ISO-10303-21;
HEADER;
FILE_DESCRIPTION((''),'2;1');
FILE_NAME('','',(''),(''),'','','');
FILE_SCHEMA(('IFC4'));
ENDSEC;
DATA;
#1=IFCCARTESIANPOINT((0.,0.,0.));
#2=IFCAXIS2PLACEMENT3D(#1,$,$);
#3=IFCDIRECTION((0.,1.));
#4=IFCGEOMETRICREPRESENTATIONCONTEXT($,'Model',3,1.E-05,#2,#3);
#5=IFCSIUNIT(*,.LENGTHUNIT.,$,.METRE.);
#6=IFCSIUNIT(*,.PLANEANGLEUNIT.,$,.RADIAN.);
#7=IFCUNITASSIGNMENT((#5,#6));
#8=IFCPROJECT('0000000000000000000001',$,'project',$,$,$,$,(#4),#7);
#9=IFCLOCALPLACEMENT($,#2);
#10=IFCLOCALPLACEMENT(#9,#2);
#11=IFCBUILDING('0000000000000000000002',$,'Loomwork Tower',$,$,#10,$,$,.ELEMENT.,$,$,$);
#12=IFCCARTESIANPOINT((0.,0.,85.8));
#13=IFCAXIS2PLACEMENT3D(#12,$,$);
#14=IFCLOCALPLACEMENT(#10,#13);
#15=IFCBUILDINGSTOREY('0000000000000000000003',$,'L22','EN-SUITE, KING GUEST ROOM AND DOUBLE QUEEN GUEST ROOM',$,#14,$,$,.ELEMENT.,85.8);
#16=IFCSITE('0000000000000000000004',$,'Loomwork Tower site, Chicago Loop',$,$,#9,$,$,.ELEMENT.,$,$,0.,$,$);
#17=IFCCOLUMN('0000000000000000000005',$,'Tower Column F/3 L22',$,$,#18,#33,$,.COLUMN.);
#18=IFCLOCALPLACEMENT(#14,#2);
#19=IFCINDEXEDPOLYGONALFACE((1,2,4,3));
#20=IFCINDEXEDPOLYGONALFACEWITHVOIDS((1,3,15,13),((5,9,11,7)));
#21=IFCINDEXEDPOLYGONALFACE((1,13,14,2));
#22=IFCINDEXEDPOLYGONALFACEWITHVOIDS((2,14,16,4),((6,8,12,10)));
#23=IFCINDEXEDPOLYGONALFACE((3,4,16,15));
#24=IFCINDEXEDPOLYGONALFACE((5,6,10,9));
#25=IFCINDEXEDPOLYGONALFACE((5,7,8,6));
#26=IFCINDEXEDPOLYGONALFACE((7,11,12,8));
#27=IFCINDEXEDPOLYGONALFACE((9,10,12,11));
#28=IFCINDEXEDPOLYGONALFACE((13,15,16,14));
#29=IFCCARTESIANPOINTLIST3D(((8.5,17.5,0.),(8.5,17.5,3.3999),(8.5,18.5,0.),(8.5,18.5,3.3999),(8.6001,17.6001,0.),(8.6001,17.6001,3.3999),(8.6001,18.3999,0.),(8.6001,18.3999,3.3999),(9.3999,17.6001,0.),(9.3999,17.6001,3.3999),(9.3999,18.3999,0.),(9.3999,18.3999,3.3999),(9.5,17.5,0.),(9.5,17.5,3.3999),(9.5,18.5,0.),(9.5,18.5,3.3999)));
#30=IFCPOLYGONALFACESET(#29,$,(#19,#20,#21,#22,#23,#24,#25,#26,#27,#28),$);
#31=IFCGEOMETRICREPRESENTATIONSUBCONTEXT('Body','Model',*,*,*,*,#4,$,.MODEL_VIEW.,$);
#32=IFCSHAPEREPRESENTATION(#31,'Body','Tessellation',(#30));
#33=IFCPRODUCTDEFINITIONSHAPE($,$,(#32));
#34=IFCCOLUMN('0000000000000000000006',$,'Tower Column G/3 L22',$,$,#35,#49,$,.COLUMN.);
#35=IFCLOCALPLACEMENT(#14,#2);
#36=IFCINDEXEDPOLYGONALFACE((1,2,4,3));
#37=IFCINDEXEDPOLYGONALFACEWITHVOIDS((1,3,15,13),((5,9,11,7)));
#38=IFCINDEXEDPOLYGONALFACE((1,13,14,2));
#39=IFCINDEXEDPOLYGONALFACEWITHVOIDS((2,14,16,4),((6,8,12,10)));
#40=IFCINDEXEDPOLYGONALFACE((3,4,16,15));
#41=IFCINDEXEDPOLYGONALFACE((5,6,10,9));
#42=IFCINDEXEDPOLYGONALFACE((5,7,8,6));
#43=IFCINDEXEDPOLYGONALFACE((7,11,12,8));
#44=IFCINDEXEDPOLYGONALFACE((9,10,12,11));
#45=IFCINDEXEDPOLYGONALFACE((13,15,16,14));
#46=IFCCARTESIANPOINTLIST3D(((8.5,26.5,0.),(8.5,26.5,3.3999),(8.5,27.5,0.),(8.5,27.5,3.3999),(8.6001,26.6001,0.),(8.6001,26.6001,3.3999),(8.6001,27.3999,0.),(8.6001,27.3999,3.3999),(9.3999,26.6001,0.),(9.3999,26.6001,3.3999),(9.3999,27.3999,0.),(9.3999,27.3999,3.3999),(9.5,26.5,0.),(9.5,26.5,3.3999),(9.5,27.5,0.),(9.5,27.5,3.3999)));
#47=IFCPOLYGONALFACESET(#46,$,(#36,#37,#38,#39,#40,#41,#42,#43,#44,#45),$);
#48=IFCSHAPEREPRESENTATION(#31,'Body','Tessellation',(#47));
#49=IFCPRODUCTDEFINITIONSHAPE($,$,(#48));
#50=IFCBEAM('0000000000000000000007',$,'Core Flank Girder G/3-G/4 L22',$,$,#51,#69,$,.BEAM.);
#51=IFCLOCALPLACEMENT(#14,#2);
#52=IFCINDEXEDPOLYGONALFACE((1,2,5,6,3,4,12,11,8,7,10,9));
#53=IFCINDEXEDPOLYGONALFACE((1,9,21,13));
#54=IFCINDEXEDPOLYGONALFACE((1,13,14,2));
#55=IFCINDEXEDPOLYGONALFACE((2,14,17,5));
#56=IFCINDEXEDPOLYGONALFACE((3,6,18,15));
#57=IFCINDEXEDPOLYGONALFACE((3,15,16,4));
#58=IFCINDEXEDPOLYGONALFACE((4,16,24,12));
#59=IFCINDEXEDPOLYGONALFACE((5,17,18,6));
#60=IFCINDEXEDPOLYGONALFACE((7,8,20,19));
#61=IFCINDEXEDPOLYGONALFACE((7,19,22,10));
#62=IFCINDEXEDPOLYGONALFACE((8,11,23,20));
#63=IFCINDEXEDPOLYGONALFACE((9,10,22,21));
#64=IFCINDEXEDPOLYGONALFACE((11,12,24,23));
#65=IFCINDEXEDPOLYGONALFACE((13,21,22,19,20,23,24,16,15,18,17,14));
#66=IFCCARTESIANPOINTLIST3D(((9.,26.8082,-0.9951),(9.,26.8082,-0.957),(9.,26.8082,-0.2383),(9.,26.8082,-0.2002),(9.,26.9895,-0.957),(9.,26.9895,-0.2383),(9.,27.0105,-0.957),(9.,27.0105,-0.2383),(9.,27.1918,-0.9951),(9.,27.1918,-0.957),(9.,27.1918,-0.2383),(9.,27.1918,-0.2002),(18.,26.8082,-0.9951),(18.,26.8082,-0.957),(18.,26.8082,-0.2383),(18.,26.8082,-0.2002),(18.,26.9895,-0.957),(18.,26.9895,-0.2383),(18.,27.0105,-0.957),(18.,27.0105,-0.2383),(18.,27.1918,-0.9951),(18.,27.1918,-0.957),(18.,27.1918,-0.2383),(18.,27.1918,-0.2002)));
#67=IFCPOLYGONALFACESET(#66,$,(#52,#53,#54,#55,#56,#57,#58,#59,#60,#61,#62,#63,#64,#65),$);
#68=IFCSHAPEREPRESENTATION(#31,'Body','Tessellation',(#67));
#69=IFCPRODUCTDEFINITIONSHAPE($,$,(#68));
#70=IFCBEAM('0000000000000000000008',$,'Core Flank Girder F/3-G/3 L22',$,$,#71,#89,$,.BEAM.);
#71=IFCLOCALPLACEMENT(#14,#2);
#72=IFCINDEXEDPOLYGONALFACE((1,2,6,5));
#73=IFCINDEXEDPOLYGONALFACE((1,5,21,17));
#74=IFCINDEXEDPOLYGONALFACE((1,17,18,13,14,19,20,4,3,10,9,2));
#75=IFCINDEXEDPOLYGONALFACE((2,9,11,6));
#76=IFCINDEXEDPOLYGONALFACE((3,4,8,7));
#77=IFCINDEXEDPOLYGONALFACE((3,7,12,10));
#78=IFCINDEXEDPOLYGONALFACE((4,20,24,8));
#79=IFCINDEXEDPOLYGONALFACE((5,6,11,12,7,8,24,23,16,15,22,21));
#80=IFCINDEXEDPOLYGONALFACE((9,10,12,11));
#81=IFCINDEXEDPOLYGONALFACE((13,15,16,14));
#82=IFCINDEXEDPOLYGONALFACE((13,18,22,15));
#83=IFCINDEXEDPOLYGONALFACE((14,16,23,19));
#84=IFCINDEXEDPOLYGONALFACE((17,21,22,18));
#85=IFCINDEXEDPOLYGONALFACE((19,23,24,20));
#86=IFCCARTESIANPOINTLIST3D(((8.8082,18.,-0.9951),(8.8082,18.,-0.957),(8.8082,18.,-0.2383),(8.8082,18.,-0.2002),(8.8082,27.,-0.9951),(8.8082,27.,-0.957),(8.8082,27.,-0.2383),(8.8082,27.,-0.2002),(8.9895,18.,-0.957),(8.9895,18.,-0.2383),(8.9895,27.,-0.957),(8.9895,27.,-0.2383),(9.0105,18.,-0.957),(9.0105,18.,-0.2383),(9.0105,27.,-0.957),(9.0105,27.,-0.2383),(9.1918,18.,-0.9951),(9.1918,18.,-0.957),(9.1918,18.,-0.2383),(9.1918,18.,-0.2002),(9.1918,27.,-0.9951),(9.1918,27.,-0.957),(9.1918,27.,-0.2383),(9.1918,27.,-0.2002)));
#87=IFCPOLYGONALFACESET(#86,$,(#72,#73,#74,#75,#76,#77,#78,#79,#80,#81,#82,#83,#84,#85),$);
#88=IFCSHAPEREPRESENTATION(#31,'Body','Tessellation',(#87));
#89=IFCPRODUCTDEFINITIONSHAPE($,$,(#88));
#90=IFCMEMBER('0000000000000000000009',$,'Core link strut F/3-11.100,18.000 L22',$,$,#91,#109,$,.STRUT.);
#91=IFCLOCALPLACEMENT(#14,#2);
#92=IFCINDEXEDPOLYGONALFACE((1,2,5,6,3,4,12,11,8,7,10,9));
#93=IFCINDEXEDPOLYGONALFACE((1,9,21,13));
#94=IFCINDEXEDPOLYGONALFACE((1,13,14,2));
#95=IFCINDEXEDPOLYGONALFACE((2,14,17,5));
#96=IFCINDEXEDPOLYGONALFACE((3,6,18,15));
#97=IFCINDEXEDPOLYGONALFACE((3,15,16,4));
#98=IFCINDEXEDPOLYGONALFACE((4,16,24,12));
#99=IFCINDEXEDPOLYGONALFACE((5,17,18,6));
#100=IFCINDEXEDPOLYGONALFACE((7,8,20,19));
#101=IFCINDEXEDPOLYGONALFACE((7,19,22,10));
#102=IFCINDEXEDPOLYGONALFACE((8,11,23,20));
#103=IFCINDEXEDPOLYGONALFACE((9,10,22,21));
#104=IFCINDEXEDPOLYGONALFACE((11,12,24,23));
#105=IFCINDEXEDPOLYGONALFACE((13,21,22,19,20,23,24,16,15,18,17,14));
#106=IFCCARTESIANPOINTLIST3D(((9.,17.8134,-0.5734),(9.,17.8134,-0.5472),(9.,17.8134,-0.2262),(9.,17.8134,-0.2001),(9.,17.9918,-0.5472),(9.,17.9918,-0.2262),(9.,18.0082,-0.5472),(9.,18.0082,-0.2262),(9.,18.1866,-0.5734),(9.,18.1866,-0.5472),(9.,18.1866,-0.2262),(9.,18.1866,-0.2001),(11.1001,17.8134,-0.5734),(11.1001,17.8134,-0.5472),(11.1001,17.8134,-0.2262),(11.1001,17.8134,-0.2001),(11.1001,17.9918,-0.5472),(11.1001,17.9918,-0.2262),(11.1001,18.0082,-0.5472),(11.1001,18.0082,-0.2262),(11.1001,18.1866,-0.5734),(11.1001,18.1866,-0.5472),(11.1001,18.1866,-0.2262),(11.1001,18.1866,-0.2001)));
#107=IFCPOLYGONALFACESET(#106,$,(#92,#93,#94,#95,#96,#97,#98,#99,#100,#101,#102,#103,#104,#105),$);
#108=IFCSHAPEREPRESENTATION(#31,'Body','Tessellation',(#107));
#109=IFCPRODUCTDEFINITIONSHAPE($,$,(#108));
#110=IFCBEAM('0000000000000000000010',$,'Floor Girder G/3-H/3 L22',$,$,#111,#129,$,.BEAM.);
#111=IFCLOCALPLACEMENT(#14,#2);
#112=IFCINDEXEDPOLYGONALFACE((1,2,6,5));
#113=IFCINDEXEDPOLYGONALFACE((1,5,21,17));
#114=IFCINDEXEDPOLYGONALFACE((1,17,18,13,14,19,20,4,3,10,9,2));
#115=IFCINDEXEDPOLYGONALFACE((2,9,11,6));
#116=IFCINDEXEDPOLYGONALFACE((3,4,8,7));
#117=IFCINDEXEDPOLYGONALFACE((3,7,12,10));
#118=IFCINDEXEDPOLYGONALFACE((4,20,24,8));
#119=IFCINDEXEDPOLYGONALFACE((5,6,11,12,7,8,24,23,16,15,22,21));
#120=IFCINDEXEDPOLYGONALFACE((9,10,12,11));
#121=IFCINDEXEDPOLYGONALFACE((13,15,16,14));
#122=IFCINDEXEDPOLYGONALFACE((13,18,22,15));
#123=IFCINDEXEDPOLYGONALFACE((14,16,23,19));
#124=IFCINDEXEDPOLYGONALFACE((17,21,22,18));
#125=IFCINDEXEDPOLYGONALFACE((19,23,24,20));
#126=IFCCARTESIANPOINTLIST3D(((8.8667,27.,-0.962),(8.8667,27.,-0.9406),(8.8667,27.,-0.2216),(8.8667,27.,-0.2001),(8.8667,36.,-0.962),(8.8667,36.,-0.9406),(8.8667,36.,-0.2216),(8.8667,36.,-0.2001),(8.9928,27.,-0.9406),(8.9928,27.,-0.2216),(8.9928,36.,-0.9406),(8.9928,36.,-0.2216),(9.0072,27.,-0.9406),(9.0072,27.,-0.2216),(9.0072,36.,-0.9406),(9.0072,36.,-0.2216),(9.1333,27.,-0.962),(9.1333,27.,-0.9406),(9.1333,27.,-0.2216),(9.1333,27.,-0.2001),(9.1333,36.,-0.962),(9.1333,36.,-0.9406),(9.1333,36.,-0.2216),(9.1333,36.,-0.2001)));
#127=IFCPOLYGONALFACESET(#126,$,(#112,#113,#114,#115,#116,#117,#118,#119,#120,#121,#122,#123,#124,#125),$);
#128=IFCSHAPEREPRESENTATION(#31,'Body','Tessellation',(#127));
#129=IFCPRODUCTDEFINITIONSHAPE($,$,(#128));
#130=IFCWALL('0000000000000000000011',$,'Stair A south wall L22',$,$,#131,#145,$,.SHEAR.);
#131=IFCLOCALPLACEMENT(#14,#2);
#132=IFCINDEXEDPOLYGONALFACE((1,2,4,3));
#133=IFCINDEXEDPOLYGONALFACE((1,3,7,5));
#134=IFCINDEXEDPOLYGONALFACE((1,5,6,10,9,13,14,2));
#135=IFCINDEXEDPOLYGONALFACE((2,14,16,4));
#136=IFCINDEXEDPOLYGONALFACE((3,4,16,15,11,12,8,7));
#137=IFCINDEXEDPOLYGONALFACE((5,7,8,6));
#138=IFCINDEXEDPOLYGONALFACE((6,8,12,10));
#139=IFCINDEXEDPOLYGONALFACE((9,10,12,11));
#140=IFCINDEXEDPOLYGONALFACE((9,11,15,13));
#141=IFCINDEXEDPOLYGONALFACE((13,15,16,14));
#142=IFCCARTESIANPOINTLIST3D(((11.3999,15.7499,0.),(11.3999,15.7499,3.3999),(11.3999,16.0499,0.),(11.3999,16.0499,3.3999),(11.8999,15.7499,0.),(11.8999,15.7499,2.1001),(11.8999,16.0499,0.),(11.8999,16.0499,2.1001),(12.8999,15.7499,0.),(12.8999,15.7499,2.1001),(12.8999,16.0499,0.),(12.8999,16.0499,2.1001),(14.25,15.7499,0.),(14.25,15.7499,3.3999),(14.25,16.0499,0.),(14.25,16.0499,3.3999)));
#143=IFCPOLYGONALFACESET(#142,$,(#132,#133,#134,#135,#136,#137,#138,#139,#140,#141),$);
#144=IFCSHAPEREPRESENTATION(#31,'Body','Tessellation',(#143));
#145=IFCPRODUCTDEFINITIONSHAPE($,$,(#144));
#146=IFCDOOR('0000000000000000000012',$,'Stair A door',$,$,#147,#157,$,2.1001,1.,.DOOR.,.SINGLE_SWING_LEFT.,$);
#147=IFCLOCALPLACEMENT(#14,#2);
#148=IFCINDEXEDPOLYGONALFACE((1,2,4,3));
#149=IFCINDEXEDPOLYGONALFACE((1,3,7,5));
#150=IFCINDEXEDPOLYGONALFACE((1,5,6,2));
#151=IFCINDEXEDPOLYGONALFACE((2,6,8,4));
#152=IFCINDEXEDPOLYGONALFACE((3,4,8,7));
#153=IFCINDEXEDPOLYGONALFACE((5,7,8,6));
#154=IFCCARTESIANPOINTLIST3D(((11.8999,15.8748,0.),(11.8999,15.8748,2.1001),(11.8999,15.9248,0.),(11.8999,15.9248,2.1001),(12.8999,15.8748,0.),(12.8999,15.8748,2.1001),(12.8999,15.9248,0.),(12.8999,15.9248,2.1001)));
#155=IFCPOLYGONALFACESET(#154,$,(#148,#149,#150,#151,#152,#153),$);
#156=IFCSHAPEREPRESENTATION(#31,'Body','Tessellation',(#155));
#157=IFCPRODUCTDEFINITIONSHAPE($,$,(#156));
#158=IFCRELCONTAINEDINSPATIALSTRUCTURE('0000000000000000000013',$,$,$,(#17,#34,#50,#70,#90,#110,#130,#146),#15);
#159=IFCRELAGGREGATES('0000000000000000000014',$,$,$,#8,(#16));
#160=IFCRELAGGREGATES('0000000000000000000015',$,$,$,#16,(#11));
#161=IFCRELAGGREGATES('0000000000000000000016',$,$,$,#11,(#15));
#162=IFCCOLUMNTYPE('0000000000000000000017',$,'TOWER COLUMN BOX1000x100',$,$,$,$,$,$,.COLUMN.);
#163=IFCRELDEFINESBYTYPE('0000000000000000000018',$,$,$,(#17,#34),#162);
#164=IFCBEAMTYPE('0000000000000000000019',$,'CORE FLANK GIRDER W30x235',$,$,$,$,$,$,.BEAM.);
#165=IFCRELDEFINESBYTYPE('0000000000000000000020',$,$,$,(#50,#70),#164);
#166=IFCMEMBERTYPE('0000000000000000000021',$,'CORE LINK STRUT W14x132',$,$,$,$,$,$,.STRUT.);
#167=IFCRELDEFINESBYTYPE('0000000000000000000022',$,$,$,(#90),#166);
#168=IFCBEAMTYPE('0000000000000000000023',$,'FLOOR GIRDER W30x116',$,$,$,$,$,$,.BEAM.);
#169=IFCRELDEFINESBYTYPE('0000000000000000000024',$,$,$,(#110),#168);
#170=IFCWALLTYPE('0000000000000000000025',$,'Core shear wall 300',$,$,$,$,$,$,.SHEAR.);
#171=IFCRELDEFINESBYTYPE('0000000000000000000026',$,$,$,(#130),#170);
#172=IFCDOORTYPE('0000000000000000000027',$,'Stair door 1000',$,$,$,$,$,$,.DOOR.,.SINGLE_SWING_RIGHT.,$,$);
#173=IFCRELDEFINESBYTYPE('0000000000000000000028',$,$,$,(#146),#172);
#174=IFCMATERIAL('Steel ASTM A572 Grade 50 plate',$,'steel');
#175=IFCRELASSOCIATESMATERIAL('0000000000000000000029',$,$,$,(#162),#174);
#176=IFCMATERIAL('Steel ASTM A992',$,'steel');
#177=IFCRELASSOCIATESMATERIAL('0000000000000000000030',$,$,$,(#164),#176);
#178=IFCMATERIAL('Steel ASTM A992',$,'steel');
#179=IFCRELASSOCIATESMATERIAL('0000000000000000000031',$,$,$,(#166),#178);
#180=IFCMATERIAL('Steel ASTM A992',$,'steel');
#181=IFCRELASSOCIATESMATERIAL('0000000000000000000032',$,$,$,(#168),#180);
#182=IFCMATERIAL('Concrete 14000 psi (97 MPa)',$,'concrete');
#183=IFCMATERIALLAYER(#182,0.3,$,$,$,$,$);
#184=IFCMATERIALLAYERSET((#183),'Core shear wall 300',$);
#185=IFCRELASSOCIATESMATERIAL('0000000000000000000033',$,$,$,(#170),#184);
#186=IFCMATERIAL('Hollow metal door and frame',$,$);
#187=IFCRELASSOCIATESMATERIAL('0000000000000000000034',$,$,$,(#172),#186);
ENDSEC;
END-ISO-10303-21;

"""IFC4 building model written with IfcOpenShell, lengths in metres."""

from ifc_helpers import new_model, si_unit, direction, frame, frame_2d, origin, origin_2d, place, context, subcontext, project, spatial, rectangle, hollow_rectangle, i_section, extrude, material, layer, layer_set, material_profile, profile_set, type_object, element, fill, save


model = new_model("IFC4")

# Units and contexts
model_context = context("Model", 3, precision=1e-05, world=origin(), true_north=direction((0.0, 1.0)))
body_context = subcontext(model_context, "Body", "Model", "MODEL_VIEW")
ifc_project = project(units=[si_unit("LENGTHUNIT", "METRE"), si_unit("PLANEANGLEUNIT", "RADIAN")], contexts=[model_context])

# Site, building, storey
site_placement = place(None, origin())
site = spatial("IfcSite", under=ifc_project, at=site_placement, Name="Loomwork Tower site, Chicago Loop", CompositionType="ELEMENT", RefElevation=0.0)
building_placement = place(site_placement, origin())
building = spatial("IfcBuilding", under=site, at=building_placement, Name="Loomwork Tower", CompositionType="ELEMENT")
storey_placement = place(building_placement, frame((0.0, 0.0, 85.8)))
storey = spatial("IfcBuildingStorey", under=building, at=storey_placement, Name="L22", Description="EN-SUITE, KING GUEST ROOM AND DOUBLE QUEEN GUEST ROOM", CompositionType="ELEMENT", Elevation=85.8)

# Columns
ifc_material_1 = material(Name="Steel ASTM A572 Grade 50 plate", Category="steel")
ifc_material_profile_1 = material_profile(ifc_material_1, hollow_rectangle(XDim=1.0, YDim=1.0, WallThickness=0.1001, at=origin_2d()), Name="BOX1000x100")
ifc_profile_set_1 = profile_set([ifc_material_profile_1], Name="Steel ASTM A572 Grade 50 plate")
column_type = type_object("IfcColumnType", Name="TOWER COLUMN BOX1000x100", PredefinedType="COLUMN", material=ifc_profile_set_1)
for number, where, z_axis, x_axis, name in (
    (1, (9.0, 18.0, 0.0), (0.0, 0.0, 1.0), (1.0, 0.0, 0.0), "Tower Column F/3 L22"),
    (2, (9.0, 27.0, 0.0), (0.0, 0.0, 1.0), (1.0, 0.0, 0.0), "Tower Column G/3 L22"),
):
    element("IfcColumn", number, at=place(storey_placement, frame(where, z_axis=z_axis, x_axis=x_axis)), inside=storey, type_object=column_type, Name=name, PredefinedType="COLUMN", context=body_context, shape_type="SweptSolid", body=[
        extrude(hollow_rectangle(XDim=1.0, YDim=1.0, WallThickness=0.1001, at=origin_2d()), origin(), (0.0, 0.0, 1.0), 3.3999),
    ])

# Beams
ifc_material_2 = material(Name="Steel ASTM A992", Category="steel")
ifc_material_profile_2 = material_profile(ifc_material_2, i_section(OverallWidth=0.3835, OverallDepth=0.7949, WebThickness=0.021, FlangeThickness=0.0381, at=origin_2d()), Name="W30x235")
ifc_profile_set_2 = profile_set([ifc_material_profile_2], Name="Steel ASTM A992")
beam_type_1 = type_object("IfcBeamType", Name="CORE FLANK GIRDER W30x235", PredefinedType="BEAM", material=ifc_profile_set_2)
for number, where, z_axis, x_axis, name in (
    (3, (9.0, 27.0, -0.5977), (1.0, 0.0, 0.0), (0.0, 1.0, 0.0), "Core Flank Girder G/3-G/4 L22"),
    (4, (9.0, 18.0, -0.5977), (0.0, 1.0, 0.0), (-1.0, 0.0, 0.0), "Core Flank Girder F/3-G/3 L22"),
):
    element("IfcBeam", number, at=place(storey_placement, frame(where, z_axis=z_axis, x_axis=x_axis)), inside=storey, type_object=beam_type_1, Name=name, PredefinedType="BEAM", context=body_context, shape_type="SweptSolid", body=[
        extrude(i_section(OverallWidth=0.3835, OverallDepth=0.7949, WebThickness=0.021, FlangeThickness=0.0381, at=origin_2d()), origin(), (0.0, 0.0, 1.0), 9.0),
    ])

# Member
ifc_material_3 = material(Name="Steel ASTM A992", Category="steel")
ifc_material_profile_3 = material_profile(ifc_material_3, i_section(OverallWidth=0.3733, OverallDepth=0.3733, WebThickness=0.0164, FlangeThickness=0.0261, at=origin_2d()), Name="W14x132")
ifc_profile_set_3 = profile_set([ifc_material_profile_3], Name="Steel ASTM A992")
member_type = type_object("IfcMemberType", Name="CORE LINK STRUT W14x132", PredefinedType="STRUT", material=ifc_profile_set_3)
member_placement = place(storey_placement, frame((9.0, 18.0, -0.3867), z_axis=(1.0, 0.0, 0.0), x_axis=(0.0, 1.0, 0.0)))
element("IfcMember", 5, at=member_placement, inside=storey, type_object=member_type, Name="Core link strut F/3-11.100,18.000 L22", PredefinedType="STRUT", context=body_context, shape_type="SweptSolid", body=[
    extrude(i_section(OverallWidth=0.3733, OverallDepth=0.3733, WebThickness=0.0164, FlangeThickness=0.0261, at=origin_2d()), origin(), (0.0, 0.0, 1.0), 2.1001),
])

# Beam
ifc_material_4 = material(Name="Steel ASTM A992", Category="steel")
ifc_material_profile_4 = material_profile(ifc_material_4, i_section(OverallWidth=0.2666, OverallDepth=0.762, WebThickness=0.0144, FlangeThickness=0.0215, at=origin_2d()), Name="W30x116")
ifc_profile_set_4 = profile_set([ifc_material_profile_4], Name="Steel ASTM A992")
beam_type_2 = type_object("IfcBeamType", Name="FLOOR GIRDER W30x116", PredefinedType="BEAM", material=ifc_profile_set_4)
beam_placement = place(storey_placement, frame((9.0, 27.0, -0.5811), z_axis=(0.0, 1.0, 0.0), x_axis=(-1.0, 0.0, 0.0)))
element("IfcBeam", 6, at=beam_placement, inside=storey, type_object=beam_type_2, Name="Floor Girder G/3-H/3 L22", PredefinedType="BEAM", context=body_context, shape_type="SweptSolid", body=[
    extrude(i_section(OverallWidth=0.2666, OverallDepth=0.762, WebThickness=0.0144, FlangeThickness=0.0215, at=origin_2d()), origin(), (0.0, 0.0, 1.0), 9.0),
])

# Wall, opening, door
ifc_material_5 = material(Name="Concrete 14000 psi (97 MPa)", Category="concrete")
ifc_layer_1 = layer(ifc_material_5, 0.3)
ifc_layer_set_1 = layer_set([ifc_layer_1], Name="Core shear wall 300")
wall_type_1 = type_object("IfcWallType", Name="Core shear wall 300", PredefinedType="SHEAR", material=ifc_layer_set_1)
wall_1_placement = place(storey_placement, frame((11.3999, 15.8999, 0.0), z_axis=(0.0, 0.0, 1.0), x_axis=(1.0, 0.0, 0.0)))
wall_1 = element("IfcWall", 7, at=wall_1_placement, inside=storey, type_object=wall_type_1, Name="Stair A south wall L22", PredefinedType="SHEAR", context=body_context, shape_type="SweptSolid", body=[
    extrude(rectangle(XDim=2.8501, YDim=0.3, at=frame_2d((1.425, 0.0))), origin(), (0.0, 0.0, 1.0), 3.3999),
])
opening_1_placement = place(wall_1_placement, frame((0.5, 0.0, 0.0)))
opening_1 = element("IfcOpeningElement", 8, at=opening_1_placement, cuts=wall_1, PredefinedType="OPENING", context=body_context, shape_type="SweptSolid", body=[
    extrude(rectangle(XDim=1.0, YDim=2.1001, at=frame_2d((0.5, 1.05))), frame((0.0, 0.1599, 0.0), z_axis=(0.0, -1.0, 0.0), x_axis=(1.0, 0.0, 0.0)), (0.0, 0.0, 1.0), 0.3201),
])
ifc_material_6 = material(Name="Hollow metal door and frame")
door_type_1 = type_object("IfcDoorType", Name="Stair door 1000", OperationType="SINGLE_SWING_RIGHT", PredefinedType="DOOR", material=ifc_material_6)
door_1_placement = place(opening_1_placement, origin())
door_1 = element("IfcDoor", 9, at=door_1_placement, inside=storey, type_object=door_type_1, Name="Stair A door", OperationType="SINGLE_SWING_LEFT", OverallHeight=2.1001, OverallWidth=1.0, PredefinedType="DOOR", context=body_context, shape_type="SweptSolid", body=[
    extrude(rectangle(XDim=1.0, YDim=2.1001, at=frame_2d((0.5, 1.05))), frame((0.0, 0.0249, 0.0), z_axis=(0.0, -1.0, 0.0), x_axis=(1.0, 0.0, 0.0)), (0.0, 0.0, 1.0), 0.05),
])
fill(opening_1, door_1)

save(model, "model.ifc")
